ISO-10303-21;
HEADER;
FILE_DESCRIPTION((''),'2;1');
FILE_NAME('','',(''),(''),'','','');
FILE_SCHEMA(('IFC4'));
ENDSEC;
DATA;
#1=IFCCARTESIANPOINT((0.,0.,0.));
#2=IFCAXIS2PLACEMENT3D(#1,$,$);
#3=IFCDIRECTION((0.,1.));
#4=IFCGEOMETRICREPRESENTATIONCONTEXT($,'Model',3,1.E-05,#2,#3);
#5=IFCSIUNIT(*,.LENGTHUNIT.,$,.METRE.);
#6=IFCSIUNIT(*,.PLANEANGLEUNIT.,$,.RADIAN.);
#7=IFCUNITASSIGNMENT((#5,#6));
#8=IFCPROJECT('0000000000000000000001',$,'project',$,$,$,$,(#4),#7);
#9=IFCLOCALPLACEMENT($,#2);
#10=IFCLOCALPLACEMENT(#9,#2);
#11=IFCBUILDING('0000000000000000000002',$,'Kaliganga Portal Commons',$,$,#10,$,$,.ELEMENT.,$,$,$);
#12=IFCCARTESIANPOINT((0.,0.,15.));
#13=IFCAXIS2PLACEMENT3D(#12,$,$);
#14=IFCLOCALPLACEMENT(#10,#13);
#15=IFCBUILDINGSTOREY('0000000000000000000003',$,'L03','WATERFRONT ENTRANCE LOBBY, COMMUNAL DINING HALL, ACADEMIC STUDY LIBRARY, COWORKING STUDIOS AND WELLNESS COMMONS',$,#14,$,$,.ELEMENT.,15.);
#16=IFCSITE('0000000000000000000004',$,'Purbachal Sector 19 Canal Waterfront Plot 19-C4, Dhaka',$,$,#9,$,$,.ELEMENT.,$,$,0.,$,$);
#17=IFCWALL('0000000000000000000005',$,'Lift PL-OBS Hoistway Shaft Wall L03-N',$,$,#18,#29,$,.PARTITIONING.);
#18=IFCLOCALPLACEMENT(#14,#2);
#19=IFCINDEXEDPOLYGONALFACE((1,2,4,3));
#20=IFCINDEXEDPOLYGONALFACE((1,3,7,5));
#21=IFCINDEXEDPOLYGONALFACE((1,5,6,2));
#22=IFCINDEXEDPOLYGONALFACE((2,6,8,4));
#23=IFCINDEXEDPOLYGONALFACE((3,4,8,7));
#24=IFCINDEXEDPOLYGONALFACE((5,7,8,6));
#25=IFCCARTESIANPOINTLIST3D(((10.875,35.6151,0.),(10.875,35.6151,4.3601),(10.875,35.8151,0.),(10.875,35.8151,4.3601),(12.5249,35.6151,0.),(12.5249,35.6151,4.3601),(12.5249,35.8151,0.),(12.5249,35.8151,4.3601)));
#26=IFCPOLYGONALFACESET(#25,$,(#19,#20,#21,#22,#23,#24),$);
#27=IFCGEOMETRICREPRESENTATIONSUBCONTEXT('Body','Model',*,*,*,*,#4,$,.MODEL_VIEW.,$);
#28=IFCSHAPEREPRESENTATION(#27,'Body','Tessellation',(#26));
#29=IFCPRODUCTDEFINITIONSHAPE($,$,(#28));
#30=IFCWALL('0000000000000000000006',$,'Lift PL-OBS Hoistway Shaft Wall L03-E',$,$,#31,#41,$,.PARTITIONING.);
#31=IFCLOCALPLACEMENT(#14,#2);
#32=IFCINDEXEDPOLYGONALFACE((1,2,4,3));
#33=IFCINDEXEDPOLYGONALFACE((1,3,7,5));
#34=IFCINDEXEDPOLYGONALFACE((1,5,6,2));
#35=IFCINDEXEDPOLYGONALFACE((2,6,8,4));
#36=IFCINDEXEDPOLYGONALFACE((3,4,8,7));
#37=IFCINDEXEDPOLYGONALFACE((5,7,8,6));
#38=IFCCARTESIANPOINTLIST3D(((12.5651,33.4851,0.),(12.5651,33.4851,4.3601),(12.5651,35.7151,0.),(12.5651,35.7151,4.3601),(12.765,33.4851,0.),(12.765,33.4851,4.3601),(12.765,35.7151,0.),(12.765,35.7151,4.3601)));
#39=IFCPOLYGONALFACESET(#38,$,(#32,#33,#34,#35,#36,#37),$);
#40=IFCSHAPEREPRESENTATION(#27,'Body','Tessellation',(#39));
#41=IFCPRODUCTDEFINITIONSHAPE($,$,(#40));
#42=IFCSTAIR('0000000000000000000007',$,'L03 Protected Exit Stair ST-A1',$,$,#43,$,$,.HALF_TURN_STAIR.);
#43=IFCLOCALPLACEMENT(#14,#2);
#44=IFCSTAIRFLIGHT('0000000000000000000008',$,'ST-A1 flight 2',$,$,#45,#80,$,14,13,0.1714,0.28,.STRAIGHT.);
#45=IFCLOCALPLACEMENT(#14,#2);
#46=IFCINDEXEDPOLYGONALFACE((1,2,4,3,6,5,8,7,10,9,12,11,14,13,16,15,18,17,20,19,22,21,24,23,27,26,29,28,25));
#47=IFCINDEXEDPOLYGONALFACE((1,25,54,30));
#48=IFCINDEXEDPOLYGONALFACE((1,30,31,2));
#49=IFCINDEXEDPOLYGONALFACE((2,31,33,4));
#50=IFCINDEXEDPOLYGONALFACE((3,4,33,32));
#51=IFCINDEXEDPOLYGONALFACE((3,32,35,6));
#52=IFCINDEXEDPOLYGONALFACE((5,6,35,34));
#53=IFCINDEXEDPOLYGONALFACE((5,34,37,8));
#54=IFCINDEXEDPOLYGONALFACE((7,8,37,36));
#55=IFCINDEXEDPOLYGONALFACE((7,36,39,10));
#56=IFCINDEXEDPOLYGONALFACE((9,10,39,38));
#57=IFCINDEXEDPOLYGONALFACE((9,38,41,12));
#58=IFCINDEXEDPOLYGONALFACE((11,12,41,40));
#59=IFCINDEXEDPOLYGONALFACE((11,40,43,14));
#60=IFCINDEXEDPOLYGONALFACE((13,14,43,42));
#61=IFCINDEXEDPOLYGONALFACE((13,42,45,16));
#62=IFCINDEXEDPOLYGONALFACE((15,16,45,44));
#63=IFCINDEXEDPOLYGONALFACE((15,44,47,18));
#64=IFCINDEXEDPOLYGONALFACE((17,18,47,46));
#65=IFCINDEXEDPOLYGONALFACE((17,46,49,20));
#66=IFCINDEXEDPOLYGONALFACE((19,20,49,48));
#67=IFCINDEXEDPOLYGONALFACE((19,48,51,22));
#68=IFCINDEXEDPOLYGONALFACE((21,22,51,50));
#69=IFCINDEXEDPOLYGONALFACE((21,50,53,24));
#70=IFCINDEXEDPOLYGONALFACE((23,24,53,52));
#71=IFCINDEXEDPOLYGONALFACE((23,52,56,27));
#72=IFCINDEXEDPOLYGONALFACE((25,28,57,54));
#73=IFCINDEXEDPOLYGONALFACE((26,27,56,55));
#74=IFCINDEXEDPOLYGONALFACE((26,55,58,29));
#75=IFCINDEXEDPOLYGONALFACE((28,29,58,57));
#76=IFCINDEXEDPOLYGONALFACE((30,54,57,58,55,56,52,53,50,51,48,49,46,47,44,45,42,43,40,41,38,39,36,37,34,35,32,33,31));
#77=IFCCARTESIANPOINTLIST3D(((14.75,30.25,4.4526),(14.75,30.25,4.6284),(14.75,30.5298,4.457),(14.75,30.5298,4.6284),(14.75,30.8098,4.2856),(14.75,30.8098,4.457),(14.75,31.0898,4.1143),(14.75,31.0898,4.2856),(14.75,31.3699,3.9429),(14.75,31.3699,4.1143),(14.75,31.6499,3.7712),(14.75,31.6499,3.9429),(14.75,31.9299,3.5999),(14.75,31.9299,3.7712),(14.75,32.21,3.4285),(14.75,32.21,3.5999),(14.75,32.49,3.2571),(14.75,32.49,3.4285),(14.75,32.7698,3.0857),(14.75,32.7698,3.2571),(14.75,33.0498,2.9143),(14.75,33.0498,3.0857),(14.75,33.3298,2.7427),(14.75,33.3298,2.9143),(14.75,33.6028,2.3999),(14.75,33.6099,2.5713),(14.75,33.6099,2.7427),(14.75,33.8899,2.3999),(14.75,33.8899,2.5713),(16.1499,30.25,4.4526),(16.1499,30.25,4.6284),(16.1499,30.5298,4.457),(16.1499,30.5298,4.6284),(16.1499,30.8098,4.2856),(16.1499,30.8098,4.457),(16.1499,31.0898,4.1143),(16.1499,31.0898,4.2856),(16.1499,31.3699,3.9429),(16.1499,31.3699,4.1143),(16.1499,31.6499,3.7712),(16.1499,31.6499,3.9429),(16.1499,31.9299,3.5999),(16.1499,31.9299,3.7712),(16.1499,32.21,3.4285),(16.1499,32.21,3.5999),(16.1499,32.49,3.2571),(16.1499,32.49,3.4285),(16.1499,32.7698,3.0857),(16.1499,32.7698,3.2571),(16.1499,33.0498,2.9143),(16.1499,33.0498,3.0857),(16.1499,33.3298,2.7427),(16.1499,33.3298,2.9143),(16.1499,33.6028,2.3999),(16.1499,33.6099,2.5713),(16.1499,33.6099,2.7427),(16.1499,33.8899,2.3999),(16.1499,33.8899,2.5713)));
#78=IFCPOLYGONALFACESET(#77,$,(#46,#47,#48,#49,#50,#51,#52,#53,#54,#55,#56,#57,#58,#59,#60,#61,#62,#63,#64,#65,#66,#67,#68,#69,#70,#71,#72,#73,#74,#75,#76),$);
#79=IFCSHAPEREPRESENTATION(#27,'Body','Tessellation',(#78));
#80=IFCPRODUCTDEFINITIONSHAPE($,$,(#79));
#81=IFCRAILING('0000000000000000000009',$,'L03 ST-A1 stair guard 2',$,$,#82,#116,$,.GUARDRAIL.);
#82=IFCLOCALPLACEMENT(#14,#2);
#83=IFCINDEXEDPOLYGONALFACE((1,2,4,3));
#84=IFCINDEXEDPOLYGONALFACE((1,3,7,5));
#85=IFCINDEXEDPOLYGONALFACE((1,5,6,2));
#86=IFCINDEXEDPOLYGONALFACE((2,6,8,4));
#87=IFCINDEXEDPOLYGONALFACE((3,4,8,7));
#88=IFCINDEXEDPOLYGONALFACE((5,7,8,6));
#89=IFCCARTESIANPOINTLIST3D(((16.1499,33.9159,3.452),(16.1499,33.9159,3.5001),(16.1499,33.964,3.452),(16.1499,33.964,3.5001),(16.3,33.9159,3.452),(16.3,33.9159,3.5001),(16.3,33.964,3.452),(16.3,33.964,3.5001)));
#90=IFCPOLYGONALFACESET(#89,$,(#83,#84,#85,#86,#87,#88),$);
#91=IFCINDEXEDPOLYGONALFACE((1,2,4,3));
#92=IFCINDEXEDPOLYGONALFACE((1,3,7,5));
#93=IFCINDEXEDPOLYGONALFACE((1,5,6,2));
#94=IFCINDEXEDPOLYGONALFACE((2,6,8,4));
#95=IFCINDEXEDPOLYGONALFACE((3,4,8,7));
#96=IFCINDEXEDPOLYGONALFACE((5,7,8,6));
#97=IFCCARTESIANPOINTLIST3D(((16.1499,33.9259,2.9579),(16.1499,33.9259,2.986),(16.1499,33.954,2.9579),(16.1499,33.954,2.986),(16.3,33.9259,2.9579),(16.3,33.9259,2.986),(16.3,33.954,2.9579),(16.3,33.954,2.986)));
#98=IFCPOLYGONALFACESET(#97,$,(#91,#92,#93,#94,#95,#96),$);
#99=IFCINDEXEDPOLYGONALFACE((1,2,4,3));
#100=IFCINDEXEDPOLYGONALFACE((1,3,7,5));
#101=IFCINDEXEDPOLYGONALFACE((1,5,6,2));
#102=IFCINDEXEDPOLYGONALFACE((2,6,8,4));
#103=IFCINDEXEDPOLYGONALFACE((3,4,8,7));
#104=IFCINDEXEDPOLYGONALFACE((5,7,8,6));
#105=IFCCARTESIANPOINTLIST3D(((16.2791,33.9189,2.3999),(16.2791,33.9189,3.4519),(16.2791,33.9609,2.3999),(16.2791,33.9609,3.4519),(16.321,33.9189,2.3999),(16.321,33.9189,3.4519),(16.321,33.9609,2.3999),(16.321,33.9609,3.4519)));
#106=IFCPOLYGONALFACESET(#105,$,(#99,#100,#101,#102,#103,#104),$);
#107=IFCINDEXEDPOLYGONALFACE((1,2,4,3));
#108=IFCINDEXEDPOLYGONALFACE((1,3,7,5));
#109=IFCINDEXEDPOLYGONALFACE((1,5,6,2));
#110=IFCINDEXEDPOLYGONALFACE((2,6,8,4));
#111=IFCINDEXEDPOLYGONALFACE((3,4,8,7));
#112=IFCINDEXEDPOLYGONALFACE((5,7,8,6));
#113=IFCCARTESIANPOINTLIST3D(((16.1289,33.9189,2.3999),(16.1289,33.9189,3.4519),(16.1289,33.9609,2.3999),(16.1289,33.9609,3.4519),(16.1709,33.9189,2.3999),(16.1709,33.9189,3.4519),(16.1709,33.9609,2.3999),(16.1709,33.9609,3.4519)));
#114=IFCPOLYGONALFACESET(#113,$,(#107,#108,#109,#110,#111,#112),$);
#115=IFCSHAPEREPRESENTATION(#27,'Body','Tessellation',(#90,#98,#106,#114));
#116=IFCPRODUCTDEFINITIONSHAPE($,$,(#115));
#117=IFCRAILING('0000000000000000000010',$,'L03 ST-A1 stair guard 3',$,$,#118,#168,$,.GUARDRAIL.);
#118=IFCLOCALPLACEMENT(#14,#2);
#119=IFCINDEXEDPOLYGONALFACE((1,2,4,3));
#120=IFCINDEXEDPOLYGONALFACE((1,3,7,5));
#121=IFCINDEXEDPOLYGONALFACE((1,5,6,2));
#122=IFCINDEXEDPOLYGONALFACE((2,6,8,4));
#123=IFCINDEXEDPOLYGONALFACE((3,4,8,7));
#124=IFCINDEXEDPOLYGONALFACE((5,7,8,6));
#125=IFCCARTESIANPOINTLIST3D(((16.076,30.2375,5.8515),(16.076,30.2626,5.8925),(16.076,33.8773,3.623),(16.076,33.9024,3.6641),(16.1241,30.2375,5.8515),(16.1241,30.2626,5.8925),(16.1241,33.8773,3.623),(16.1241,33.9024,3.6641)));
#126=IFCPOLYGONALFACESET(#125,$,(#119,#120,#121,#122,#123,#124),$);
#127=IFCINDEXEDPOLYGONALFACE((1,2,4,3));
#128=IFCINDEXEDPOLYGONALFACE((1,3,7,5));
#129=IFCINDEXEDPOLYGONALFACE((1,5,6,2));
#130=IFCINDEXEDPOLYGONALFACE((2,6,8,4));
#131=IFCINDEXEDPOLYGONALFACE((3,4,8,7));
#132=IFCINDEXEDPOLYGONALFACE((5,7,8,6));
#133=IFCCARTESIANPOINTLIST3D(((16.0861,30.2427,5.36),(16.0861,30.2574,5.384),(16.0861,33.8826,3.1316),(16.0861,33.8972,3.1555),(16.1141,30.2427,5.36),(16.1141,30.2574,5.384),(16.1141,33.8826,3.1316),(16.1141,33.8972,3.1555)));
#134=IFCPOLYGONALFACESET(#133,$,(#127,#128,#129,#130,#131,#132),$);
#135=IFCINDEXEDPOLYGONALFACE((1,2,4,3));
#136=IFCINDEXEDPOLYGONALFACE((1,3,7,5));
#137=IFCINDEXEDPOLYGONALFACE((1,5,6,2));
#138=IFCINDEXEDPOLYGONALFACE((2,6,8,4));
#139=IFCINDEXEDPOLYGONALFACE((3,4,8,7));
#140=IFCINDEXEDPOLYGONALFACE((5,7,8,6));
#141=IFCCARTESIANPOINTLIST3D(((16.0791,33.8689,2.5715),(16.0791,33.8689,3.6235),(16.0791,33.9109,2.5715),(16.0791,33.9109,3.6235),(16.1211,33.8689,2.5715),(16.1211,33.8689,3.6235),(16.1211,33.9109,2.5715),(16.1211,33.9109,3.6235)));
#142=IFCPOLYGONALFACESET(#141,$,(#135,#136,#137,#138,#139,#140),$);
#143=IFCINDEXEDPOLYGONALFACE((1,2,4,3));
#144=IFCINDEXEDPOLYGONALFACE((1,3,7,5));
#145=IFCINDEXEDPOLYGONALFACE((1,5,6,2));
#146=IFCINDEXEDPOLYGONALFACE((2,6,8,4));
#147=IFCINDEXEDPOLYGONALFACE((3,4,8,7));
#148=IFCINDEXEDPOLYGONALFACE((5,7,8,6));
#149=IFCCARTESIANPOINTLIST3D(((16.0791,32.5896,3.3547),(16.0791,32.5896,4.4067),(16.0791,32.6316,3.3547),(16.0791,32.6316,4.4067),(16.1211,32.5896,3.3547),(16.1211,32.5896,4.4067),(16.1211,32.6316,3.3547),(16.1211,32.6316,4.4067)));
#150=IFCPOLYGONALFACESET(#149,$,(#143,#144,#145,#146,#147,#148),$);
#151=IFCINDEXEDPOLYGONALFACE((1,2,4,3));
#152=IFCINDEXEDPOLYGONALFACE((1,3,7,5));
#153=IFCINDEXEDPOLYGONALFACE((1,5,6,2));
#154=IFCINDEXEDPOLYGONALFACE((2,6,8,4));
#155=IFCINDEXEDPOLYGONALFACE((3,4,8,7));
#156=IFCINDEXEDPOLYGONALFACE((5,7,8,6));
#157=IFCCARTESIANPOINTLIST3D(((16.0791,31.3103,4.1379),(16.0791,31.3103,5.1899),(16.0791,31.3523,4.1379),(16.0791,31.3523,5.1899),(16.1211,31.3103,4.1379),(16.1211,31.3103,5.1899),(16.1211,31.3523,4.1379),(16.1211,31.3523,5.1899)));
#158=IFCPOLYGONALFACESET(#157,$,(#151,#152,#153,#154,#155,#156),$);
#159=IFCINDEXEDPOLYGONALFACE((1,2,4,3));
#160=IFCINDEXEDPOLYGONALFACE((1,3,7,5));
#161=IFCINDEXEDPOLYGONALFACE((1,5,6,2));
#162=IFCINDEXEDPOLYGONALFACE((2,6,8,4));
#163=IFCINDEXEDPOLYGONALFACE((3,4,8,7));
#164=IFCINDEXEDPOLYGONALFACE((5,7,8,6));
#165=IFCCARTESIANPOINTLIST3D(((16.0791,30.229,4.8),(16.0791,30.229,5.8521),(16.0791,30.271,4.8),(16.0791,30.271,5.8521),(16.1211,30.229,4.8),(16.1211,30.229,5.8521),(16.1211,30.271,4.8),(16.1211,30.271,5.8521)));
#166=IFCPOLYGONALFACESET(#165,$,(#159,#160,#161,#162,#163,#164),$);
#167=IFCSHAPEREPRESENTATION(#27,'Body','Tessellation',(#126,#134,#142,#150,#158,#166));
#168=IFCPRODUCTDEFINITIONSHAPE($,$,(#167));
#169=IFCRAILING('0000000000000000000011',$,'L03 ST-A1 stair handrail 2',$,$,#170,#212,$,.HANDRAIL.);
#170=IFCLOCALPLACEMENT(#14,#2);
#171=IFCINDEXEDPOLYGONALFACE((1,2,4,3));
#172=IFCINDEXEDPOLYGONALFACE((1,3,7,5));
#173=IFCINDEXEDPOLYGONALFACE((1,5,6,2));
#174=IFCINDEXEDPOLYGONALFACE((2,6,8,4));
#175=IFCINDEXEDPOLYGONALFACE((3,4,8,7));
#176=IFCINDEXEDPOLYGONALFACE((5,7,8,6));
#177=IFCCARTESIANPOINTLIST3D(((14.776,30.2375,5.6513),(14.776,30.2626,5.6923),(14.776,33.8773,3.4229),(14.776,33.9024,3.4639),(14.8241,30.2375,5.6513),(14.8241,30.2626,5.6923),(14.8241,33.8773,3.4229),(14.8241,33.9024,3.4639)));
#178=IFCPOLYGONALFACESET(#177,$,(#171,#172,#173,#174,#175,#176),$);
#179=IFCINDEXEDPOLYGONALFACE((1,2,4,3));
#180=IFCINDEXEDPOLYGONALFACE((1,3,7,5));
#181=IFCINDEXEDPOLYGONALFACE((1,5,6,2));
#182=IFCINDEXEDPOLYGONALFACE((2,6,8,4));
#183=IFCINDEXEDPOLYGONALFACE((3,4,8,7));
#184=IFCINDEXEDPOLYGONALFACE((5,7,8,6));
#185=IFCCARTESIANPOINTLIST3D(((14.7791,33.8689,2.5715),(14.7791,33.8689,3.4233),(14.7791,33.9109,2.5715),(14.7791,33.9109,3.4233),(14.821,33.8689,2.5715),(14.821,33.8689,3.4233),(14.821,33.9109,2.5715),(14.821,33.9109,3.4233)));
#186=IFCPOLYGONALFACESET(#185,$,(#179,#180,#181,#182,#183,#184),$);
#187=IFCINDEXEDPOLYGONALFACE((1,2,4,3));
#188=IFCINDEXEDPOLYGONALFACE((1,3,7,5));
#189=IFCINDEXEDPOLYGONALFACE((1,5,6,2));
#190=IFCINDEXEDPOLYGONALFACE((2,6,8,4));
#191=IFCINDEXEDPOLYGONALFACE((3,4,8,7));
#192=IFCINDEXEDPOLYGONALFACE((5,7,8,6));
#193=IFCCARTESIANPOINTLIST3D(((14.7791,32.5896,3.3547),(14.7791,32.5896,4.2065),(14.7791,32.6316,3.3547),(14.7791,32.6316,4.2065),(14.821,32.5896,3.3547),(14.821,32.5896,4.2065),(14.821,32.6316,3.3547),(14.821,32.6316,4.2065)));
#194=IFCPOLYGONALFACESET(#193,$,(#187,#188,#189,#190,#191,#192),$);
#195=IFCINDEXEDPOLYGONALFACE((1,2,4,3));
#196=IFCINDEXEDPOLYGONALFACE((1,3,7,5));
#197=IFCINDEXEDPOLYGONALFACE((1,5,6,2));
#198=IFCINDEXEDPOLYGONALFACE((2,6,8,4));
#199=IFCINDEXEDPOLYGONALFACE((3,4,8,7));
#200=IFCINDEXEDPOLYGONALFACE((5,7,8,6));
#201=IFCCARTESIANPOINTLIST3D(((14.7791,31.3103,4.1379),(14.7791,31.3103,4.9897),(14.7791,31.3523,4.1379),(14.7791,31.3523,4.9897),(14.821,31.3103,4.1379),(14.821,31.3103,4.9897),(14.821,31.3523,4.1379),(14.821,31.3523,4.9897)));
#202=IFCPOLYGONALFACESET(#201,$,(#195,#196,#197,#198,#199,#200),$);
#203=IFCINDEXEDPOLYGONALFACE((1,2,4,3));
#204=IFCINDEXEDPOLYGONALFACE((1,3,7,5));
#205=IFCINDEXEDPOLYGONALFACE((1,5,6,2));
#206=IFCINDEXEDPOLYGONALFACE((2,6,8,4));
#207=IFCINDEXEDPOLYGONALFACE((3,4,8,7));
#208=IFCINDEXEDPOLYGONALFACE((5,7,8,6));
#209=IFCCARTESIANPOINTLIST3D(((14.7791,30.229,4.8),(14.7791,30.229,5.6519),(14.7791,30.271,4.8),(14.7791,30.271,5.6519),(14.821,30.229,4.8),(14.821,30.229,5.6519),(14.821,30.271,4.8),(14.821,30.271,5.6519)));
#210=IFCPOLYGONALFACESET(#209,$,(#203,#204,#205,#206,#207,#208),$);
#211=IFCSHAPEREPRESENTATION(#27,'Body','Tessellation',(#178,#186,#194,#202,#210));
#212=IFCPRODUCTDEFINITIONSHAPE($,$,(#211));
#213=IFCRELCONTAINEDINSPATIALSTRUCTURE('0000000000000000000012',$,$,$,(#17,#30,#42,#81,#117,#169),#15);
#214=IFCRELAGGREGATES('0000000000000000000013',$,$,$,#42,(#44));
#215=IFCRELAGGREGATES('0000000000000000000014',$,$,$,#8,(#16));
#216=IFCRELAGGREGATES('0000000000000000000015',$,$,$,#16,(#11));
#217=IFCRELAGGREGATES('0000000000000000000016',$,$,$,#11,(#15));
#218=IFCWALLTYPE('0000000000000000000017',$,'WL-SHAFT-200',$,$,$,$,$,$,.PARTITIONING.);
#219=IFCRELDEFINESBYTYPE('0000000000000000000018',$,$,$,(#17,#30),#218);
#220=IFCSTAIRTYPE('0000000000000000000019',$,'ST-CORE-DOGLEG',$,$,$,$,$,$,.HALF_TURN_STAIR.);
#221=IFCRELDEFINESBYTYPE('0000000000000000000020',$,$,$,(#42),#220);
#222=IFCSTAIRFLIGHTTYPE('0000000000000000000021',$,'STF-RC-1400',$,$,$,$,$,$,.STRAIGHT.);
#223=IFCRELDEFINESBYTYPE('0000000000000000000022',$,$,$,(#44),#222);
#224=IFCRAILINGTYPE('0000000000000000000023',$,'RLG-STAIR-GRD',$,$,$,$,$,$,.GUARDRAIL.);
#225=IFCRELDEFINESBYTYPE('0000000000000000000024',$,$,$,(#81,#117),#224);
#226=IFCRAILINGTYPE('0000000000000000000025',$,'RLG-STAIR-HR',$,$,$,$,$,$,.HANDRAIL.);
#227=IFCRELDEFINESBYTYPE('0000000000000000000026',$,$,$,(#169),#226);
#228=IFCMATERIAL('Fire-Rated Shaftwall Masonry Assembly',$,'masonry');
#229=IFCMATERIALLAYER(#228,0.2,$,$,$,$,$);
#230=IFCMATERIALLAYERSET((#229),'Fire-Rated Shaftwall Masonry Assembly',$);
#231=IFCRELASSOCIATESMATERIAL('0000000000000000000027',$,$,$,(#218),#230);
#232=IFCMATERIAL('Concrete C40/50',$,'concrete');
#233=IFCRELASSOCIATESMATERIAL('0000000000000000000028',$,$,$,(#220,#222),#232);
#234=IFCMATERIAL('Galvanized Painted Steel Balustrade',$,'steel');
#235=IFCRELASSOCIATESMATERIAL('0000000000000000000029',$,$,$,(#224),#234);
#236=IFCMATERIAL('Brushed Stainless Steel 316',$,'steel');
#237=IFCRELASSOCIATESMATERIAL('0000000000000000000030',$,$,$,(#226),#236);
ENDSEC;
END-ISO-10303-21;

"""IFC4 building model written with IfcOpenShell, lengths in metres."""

from ifc_helpers import new_model, si_unit, direction, frame, frame_2d, origin, origin_2d, place, context, subcontext, project, spatial, polyline, rectangle, outline, extrude, material, layer, layer_set, type_object, element, aggregate, save


model = new_model("IFC4")

# Units and contexts
model_context = context("Model", 3, precision=1e-05, world=origin(), true_north=direction((0.0, 1.0)))
body_context = subcontext(model_context, "Body", "Model", "MODEL_VIEW")
ifc_project = project(units=[si_unit("LENGTHUNIT", "METRE"), si_unit("PLANEANGLEUNIT", "RADIAN")], contexts=[model_context])

# Site, building, storey
site_placement = place(None, origin())
site = spatial("IfcSite", under=ifc_project, at=site_placement, Name="Purbachal Sector 19 Canal Waterfront Plot 19-C4, Dhaka", CompositionType="ELEMENT", RefElevation=0.0)
building_placement = place(site_placement, origin())
building = spatial("IfcBuilding", under=site, at=building_placement, Name="Kaliganga Portal Commons", CompositionType="ELEMENT")
storey_placement = place(building_placement, frame((0.0, 0.0, 15.0)))
storey = spatial("IfcBuildingStorey", under=building, at=storey_placement, Name="L03", Description="WATERFRONT ENTRANCE LOBBY, COMMUNAL DINING HALL, ACADEMIC STUDY LIBRARY, COWORKING STUDIOS AND WELLNESS COMMONS", CompositionType="ELEMENT", Elevation=15.0)

# Shared definitions
ifc_material_1 = material(Name="Fire-Rated Shaftwall Masonry Assembly", Category="masonry")
ifc_layer_1 = layer(ifc_material_1, 0.2)
ifc_layer_set_1 = layer_set([ifc_layer_1], Name="Fire-Rated Shaftwall Masonry Assembly")
wall_type_1 = type_object("IfcWallType", Name="WL-SHAFT-200", PredefinedType="PARTITIONING", material=ifc_layer_set_1)

# Walls
wall_1_placement = place(storey_placement, frame((10.875, 35.7151, 0.0), z_axis=(0.0, 0.0, 1.0), x_axis=(1.0, 0.0, 0.0)))
element("IfcWall", 1, at=wall_1_placement, inside=storey, type_object=wall_type_1, Name="Lift PL-OBS Hoistway Shaft Wall L03-N", PredefinedType="PARTITIONING", context=body_context, shape_type="SweptSolid", body=[
    extrude(rectangle(XDim=1.6499, YDim=0.2, at=frame_2d((0.825, 0.0))), origin(), (0.0, 0.0, 1.0), 4.3601),
])
wall_2_placement = place(storey_placement, frame((12.665, 33.4851, 0.0), z_axis=(0.0, 0.0, 1.0), x_axis=(0.0, 1.0, 0.0)))
element("IfcWall", 2, at=wall_2_placement, inside=storey, type_object=wall_type_1, Name="Lift PL-OBS Hoistway Shaft Wall L03-E", PredefinedType="PARTITIONING", context=body_context, shape_type="SweptSolid", body=[
    extrude(rectangle(XDim=2.23, YDim=0.2, at=frame_2d((1.115, 0.0))), origin(), (0.0, 0.0, 1.0), 4.3601),
])

# Stair, stair flight
ifc_material_2 = material(Name="Concrete C40/50", Category="concrete")
stair_type = type_object("IfcStairType", Name="ST-CORE-DOGLEG", PredefinedType="HALF_TURN_STAIR", material=ifc_material_2)
stair_placement = place(storey_placement, origin())
stair = element("IfcStair", 3, at=stair_placement, inside=storey, type_object=stair_type, Name="L03 Protected Exit Stair ST-A1", PredefinedType="HALF_TURN_STAIR")
stair_flight_type = type_object("IfcStairFlightType", Name="STF-RC-1400", PredefinedType="STRAIGHT", material=ifc_material_2)
stair_flight_placement = place(storey_placement, frame((15.45, 33.8899, 2.3999), z_axis=(0.0, 0.0, 1.0), x_axis=(0.0, -1.0, 0.0)))
stair_flight = element("IfcStairFlight", 4, at=stair_flight_placement, type_object=stair_flight_type, Name="ST-A1 flight 2", NumberOfRisers=14, NumberOfTreads=13, PredefinedType="STRAIGHT", RiserHeight=0.1714, TreadLength=0.28, context=body_context, shape_type="SweptSolid", body=[
    extrude(outline(polyline([(0.0, 0.0), (0.0, 0.1714), (0.28, 0.1714), (0.28, 0.3428), (0.5601, 0.3428), (0.5601, 0.5144), (0.8401, 0.5144), (0.8401, 0.6858), (1.1201, 0.6858), (1.1201, 0.8572), (1.3999, 0.8572), (1.3999, 1.0286), (1.6799, 1.0286), (1.6799, 1.2), (1.96, 1.2), (1.96, 1.3713), (2.24, 1.3713), (2.24, 1.543), (2.52, 1.543), (2.52, 1.7144), (2.8, 1.7144), (2.8, 1.8857), (3.0801, 1.8857), (3.0801, 2.0571), (3.3601, 2.0571), (3.3601, 2.2285), (3.6399, 2.2285), (3.6399, 2.3999), (3.6399, 2.0527), (0.2871, 0.0), (0.0, 0.0)])), frame((0.0, 0.7, 0.0), z_axis=(0.0, -1.0, 0.0), x_axis=(1.0, 0.0, 0.0)), (0.0, 0.0, 1.0), 1.3999),
])
aggregate(stair, [stair_flight])

# Railings
ifc_material_3 = material(Name="Galvanized Painted Steel Balustrade", Category="steel")
railing_type_1 = type_object("IfcRailingType", Name="RLG-STAIR-GRD", PredefinedType="GUARDRAIL", material=ifc_material_3)
railing_1_placement = place(storey_placement, frame((16.3, 33.9399, 2.3999)))
element("IfcRailing", 5, at=railing_1_placement, inside=storey, type_object=railing_type_1, Name="L03 ST-A1 stair guard 2", PredefinedType="GUARDRAIL", context=body_context, shape_type="SweptSolid", body=[
    extrude(rectangle(XDim=0.0481, YDim=0.0481, at=origin_2d()), frame((0.0, 0.0, 1.0762), z_axis=(-1.0, 0.0, 0.0), x_axis=(0.0, -1.0, 0.0)), (0.0, 0.0, 1.0), 0.1501),
    extrude(rectangle(XDim=0.0281, YDim=0.0281, at=origin_2d()), frame((0.0, 0.0, 0.572), z_axis=(-1.0, 0.0, 0.0), x_axis=(0.0, -1.0, 0.0)), (0.0, 0.0, 1.0), 0.1501),
    extrude(rectangle(XDim=0.042, YDim=0.042, at=origin_2d()), origin(), (0.0, 0.0, 1.0), 1.052),
    extrude(rectangle(XDim=0.042, YDim=0.042, at=origin_2d()), frame((-0.1501, 0.0, 0.0)), (0.0, 0.0, 1.0), 1.052),
])
railing_2_placement = place(storey_placement, frame((16.1001, 33.8899, 2.5715)))
element("IfcRailing", 6, at=railing_2_placement, inside=storey, type_object=railing_type_1, Name="L03 ST-A1 stair guard 3", PredefinedType="GUARDRAIL", context=body_context, shape_type="SweptSolid", body=[
    extrude(rectangle(XDim=0.0481, YDim=0.0481, at=origin_2d()), frame((0.0, 0.0, 1.072), z_axis=(0.0, -0.85285, 0.522156), x_axis=(1.0, 0.0, 0.0)), (0.0, 0.0, 1.0), 4.2678),
    extrude(rectangle(XDim=0.0281, YDim=0.0281, at=origin_2d()), frame((0.0, 0.0, 0.572), z_axis=(0.0, -0.85285, 0.522156), x_axis=(1.0, 0.0, 0.0)), (0.0, 0.0, 1.0), 4.2678),
    extrude(rectangle(XDim=0.042, YDim=0.042, at=origin_2d()), origin(), (0.0, 0.0, 1.0), 1.052),
    extrude(rectangle(XDim=0.042, YDim=0.042, at=origin_2d()), frame((0.0, -1.2793, 0.7832)), (0.0, 0.0, 1.0), 1.052),
    extrude(rectangle(XDim=0.042, YDim=0.042, at=origin_2d()), frame((0.0, -2.5586, 1.5664)), (0.0, 0.0, 1.0), 1.052),
    extrude(rectangle(XDim=0.042, YDim=0.042, at=origin_2d()), frame((0.0, -3.6399, 2.2285)), (0.0, 0.0, 1.0), 1.052),
])
ifc_material_4 = material(Name="Brushed Stainless Steel 316", Category="steel")
railing_type_2 = type_object("IfcRailingType", Name="RLG-STAIR-HR", PredefinedType="HANDRAIL", material=ifc_material_4)
railing_3_placement = place(storey_placement, frame((14.8, 33.8899, 2.5715)))
element("IfcRailing", 7, at=railing_3_placement, inside=storey, type_object=railing_type_2, Name="L03 ST-A1 stair handrail 2", PredefinedType="HANDRAIL", context=body_context, shape_type="SweptSolid", body=[
    extrude(rectangle(XDim=0.0481, YDim=0.0481, at=origin_2d()), frame((0.0, 0.0, 0.8718), z_axis=(0.0, -0.85285, 0.522156), x_axis=(1.0, 0.0, 0.0)), (0.0, 0.0, 1.0), 4.2678),
    extrude(rectangle(XDim=0.042, YDim=0.042, at=origin_2d()), origin(), (0.0, 0.0, 1.0), 0.8518),
    extrude(rectangle(XDim=0.042, YDim=0.042, at=origin_2d()), frame((0.0, -1.2793, 0.7832)), (0.0, 0.0, 1.0), 0.8518),
    extrude(rectangle(XDim=0.042, YDim=0.042, at=origin_2d()), frame((0.0, -2.5586, 1.5664)), (0.0, 0.0, 1.0), 0.8518),
    extrude(rectangle(XDim=0.042, YDim=0.042, at=origin_2d()), frame((0.0, -3.6399, 2.2285)), (0.0, 0.0, 1.0), 0.8518),
])

save(model, "model.ifc")
